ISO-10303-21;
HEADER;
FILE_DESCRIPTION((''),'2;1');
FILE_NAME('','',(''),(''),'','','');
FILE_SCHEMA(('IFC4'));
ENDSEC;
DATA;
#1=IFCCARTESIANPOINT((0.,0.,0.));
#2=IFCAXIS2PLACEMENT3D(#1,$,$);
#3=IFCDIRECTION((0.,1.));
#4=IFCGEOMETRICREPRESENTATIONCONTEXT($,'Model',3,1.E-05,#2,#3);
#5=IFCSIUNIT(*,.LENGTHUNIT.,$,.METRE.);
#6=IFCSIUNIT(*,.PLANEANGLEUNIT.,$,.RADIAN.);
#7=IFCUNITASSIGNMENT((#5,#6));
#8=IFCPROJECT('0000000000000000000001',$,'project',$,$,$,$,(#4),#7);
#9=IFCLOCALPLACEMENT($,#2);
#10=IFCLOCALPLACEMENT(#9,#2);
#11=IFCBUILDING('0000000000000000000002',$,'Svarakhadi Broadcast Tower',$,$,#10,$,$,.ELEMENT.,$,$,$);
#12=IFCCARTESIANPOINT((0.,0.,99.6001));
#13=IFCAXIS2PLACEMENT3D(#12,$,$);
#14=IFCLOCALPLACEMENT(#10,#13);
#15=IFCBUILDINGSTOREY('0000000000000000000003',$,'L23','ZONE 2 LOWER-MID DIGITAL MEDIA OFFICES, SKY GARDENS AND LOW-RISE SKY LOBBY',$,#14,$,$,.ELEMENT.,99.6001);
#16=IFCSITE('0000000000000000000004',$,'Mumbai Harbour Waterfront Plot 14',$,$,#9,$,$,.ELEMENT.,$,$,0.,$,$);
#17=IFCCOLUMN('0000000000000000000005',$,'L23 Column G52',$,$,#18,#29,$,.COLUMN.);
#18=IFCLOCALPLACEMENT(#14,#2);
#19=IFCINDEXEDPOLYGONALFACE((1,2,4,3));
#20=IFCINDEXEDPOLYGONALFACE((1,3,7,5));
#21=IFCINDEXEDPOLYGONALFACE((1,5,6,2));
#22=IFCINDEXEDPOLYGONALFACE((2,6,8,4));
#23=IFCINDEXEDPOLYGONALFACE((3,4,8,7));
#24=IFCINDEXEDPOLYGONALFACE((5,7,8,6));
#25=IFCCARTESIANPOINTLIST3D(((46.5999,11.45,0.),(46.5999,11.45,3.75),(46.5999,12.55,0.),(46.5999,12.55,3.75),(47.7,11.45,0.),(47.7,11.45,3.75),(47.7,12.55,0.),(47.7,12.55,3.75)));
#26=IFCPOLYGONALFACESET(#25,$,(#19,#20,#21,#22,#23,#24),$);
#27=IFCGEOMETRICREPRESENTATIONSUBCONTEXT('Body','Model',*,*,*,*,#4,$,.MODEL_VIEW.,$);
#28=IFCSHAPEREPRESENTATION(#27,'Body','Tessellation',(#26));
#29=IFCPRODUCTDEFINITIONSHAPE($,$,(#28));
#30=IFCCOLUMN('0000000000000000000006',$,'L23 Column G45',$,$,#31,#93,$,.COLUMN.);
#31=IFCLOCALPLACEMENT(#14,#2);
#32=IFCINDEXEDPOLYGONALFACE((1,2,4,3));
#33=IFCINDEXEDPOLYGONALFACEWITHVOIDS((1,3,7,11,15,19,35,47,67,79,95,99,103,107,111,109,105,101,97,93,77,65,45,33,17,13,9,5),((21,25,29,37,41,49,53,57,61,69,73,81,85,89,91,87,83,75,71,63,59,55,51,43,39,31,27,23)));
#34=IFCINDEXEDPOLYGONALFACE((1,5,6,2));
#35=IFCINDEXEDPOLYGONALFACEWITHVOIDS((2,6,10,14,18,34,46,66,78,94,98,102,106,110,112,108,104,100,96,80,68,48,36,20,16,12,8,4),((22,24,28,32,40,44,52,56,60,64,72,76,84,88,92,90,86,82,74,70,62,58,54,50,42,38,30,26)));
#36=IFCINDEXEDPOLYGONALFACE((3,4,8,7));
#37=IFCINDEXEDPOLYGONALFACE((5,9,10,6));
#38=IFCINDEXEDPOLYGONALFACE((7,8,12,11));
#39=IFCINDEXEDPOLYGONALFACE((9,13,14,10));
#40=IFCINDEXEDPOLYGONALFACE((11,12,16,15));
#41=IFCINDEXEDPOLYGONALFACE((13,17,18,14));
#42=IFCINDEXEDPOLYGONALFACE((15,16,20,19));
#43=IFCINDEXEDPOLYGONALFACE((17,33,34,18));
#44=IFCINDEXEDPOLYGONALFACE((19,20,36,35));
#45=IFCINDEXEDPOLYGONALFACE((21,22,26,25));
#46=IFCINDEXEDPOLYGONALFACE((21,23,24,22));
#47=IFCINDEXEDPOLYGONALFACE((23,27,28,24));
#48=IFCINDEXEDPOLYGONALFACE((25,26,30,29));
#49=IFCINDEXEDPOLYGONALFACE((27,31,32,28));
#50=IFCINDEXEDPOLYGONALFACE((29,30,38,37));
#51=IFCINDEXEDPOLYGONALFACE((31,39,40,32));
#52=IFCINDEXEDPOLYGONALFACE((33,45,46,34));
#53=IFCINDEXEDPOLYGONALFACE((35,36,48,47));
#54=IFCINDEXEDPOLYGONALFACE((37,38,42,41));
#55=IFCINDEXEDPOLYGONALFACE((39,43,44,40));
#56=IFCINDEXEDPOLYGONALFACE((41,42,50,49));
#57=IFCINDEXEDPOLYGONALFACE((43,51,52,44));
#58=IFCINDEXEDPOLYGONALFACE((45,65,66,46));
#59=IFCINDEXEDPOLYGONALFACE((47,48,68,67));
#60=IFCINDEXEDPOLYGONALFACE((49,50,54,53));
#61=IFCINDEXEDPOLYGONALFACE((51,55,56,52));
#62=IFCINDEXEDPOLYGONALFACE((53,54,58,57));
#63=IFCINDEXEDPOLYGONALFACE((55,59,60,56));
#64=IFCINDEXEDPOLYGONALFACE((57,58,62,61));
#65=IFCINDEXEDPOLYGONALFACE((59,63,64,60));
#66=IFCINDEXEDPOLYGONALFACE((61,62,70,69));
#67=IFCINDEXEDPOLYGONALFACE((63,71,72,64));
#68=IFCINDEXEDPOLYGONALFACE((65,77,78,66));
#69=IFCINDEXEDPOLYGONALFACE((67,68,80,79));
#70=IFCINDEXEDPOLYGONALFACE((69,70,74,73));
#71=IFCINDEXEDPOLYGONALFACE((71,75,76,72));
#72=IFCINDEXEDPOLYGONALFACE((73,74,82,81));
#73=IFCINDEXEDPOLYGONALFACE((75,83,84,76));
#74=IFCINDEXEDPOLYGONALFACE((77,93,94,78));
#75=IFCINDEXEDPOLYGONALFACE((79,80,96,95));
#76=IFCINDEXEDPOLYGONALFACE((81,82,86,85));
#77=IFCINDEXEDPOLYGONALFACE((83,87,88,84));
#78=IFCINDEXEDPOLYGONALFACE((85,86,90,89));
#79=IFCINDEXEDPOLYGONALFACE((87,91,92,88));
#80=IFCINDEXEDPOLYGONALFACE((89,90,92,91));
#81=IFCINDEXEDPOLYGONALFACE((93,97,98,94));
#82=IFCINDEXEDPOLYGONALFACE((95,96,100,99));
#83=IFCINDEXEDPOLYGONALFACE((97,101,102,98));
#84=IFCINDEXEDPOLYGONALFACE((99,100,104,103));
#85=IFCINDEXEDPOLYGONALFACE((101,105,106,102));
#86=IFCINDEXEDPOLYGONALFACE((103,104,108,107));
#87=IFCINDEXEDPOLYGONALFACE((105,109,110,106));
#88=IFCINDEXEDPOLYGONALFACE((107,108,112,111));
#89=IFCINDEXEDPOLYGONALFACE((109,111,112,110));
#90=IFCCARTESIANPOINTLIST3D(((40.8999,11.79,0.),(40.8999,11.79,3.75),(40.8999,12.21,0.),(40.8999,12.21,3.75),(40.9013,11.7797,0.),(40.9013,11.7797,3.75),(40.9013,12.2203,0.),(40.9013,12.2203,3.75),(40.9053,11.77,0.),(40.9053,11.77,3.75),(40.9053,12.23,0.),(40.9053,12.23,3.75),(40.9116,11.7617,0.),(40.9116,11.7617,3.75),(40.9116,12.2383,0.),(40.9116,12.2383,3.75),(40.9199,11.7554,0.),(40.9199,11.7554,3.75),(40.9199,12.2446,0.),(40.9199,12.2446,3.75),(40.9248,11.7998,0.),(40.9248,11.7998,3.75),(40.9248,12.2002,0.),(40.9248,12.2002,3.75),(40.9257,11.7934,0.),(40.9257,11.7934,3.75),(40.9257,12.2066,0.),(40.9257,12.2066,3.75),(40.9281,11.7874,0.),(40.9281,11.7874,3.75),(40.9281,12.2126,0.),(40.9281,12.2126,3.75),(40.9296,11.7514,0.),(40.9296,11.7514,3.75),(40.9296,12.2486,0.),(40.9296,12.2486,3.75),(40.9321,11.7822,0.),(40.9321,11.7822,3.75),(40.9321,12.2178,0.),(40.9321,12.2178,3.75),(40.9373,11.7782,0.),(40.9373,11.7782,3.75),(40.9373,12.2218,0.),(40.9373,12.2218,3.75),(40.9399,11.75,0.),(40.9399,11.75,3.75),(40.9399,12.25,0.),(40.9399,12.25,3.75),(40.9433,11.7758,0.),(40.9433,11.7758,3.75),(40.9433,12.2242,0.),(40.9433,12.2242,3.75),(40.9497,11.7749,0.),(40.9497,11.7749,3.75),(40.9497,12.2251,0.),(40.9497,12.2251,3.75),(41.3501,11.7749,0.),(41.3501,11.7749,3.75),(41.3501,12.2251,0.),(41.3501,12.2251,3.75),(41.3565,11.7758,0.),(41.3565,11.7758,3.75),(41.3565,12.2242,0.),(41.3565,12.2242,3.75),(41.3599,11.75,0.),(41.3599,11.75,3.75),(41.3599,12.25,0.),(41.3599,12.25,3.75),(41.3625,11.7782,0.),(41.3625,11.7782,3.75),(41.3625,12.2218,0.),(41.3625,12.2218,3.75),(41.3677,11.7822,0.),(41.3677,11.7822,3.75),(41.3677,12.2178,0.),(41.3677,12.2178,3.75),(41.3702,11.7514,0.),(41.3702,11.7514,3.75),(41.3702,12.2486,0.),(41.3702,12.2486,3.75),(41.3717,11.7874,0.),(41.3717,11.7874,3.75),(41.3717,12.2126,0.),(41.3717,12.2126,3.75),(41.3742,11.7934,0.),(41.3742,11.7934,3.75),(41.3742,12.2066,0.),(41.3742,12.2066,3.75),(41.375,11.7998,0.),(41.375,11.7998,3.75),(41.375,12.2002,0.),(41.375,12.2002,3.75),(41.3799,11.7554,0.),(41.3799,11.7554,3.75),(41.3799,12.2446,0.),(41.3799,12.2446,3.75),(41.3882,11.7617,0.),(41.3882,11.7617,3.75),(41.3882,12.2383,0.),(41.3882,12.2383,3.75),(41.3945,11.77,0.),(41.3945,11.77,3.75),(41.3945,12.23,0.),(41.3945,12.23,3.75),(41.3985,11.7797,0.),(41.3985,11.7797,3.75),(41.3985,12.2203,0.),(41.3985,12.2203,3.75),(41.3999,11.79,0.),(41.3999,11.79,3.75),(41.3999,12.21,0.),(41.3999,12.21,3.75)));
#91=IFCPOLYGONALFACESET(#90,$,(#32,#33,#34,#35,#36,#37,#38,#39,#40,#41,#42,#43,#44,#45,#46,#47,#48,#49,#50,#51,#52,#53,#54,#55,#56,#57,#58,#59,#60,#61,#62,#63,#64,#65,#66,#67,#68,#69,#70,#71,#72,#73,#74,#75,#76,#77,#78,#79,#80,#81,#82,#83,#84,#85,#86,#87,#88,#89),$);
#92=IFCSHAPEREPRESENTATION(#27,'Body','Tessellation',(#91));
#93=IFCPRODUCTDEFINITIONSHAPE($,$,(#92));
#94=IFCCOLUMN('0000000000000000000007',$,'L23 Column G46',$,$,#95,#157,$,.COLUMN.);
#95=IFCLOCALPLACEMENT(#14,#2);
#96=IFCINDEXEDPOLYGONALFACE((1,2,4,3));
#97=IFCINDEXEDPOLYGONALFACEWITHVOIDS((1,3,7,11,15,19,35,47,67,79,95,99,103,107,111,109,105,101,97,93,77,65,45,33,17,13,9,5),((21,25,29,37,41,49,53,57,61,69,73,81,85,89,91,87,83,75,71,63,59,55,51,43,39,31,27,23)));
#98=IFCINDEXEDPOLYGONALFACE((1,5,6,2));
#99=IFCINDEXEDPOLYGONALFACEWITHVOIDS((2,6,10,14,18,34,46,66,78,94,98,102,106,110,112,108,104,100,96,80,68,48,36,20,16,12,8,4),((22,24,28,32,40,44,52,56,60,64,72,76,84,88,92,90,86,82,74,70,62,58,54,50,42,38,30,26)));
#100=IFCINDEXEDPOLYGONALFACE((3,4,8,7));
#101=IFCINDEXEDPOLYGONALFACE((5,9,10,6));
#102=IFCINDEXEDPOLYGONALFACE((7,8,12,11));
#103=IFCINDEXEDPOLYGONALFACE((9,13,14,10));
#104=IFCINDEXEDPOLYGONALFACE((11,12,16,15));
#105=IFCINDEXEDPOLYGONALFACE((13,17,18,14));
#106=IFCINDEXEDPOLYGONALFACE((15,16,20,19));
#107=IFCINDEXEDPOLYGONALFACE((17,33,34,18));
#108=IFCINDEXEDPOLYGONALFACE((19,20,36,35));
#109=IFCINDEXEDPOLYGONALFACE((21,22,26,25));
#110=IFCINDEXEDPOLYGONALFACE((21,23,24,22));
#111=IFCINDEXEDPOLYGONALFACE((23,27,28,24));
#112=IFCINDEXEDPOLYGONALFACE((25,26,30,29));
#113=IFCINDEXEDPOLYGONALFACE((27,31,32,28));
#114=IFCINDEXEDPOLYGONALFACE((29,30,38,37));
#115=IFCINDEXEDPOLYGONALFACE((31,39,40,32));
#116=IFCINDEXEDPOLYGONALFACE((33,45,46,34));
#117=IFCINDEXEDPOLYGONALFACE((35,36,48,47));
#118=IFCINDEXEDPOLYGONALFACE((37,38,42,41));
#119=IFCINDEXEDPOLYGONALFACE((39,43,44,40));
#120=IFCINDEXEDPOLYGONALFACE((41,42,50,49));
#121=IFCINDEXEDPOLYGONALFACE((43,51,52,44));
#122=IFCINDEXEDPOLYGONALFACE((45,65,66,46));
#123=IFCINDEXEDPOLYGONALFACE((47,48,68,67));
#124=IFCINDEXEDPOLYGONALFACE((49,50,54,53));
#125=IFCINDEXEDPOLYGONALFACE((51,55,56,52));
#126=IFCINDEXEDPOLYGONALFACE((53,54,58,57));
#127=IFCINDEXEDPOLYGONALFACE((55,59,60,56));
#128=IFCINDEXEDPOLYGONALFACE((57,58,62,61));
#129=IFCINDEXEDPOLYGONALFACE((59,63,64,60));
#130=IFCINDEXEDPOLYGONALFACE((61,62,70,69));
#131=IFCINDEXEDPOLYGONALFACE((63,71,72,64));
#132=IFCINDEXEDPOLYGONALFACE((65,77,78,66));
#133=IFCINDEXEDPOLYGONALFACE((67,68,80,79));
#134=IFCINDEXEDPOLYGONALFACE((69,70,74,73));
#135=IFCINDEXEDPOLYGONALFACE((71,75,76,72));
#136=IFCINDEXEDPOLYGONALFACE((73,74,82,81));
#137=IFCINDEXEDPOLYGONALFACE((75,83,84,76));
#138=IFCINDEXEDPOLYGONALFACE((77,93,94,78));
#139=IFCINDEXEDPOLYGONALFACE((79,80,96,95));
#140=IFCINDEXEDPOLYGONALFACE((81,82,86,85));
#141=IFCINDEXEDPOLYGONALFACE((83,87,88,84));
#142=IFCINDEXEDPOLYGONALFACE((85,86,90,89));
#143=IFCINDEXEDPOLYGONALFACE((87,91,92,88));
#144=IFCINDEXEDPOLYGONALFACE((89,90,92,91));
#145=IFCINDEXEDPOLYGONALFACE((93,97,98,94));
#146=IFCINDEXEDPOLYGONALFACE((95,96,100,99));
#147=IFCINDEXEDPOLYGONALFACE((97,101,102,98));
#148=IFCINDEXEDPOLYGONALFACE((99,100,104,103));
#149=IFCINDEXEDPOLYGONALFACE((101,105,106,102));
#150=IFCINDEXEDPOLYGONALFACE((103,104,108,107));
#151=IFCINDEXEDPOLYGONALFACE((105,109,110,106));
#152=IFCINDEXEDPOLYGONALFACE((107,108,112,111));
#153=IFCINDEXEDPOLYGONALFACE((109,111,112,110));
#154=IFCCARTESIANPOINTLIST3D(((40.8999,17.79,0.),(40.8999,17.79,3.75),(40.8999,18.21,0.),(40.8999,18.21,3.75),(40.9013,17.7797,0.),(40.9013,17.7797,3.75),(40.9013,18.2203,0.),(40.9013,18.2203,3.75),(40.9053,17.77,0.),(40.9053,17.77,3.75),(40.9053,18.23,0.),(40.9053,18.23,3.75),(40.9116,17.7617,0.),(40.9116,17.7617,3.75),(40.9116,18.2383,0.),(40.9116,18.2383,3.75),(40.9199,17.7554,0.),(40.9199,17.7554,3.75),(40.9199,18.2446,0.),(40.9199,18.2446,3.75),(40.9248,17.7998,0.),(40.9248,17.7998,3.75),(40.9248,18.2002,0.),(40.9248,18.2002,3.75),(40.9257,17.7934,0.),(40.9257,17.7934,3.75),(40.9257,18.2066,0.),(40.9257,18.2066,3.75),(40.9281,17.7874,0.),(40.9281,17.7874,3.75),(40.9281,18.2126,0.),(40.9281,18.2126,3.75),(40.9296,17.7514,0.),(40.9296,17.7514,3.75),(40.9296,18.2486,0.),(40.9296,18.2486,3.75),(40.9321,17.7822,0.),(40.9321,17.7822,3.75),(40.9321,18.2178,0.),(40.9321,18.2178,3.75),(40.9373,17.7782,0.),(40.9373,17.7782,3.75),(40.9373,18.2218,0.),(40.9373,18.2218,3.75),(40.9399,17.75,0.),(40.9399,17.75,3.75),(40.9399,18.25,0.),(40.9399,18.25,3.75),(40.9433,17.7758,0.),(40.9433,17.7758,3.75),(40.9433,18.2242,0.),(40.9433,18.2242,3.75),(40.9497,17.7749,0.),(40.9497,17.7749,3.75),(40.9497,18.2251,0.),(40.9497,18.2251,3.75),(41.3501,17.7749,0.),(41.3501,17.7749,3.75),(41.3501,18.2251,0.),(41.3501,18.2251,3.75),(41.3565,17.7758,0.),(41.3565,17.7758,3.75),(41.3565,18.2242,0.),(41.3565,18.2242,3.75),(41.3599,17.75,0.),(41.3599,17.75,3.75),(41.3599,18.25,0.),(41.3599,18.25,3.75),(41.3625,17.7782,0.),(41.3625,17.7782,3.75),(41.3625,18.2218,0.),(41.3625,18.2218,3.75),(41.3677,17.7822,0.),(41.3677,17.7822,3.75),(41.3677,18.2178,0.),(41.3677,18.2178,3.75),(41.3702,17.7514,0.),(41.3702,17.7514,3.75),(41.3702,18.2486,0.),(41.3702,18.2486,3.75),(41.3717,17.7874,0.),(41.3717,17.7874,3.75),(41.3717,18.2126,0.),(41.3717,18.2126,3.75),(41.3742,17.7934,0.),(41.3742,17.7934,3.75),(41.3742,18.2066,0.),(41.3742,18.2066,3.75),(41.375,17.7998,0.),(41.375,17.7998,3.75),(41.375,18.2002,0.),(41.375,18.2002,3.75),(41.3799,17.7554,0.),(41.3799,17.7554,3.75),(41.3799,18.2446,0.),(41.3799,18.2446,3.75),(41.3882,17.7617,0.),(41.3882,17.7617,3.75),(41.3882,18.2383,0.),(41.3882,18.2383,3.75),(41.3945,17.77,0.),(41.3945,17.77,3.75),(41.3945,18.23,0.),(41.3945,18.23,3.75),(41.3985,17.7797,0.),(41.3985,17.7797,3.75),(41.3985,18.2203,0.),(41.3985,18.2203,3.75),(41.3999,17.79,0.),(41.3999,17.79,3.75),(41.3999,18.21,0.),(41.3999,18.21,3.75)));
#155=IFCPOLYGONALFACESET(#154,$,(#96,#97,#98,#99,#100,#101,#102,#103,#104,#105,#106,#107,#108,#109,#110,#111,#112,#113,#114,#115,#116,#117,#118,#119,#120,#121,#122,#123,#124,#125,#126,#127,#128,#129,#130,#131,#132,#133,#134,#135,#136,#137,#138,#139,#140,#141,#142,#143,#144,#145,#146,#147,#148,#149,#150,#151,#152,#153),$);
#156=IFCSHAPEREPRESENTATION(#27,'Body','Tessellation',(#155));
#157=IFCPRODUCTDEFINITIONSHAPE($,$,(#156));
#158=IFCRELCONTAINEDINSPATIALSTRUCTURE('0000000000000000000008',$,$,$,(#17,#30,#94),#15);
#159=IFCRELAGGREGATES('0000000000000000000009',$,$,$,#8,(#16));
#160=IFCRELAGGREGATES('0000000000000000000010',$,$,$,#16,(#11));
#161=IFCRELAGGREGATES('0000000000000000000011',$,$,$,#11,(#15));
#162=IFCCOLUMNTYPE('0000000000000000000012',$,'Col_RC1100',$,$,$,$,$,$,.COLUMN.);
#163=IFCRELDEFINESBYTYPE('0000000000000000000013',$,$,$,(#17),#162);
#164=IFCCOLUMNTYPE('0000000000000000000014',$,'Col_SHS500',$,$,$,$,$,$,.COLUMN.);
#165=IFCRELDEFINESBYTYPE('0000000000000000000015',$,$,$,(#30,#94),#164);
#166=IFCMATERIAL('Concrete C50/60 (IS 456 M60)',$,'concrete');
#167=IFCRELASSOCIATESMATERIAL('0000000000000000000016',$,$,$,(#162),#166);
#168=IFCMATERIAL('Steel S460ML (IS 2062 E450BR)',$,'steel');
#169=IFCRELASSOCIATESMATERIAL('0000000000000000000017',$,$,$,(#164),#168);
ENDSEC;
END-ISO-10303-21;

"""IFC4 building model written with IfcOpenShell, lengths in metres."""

from ifc_helpers import new_model, si_unit, direction, frame, origin, origin_2d, place, context, subcontext, project, spatial, rectangle, hollow_rectangle, extrude, material, material_profile, profile_set, type_object, element, save


model = new_model("IFC4")

# Units and contexts
model_context = context("Model", 3, precision=1e-05, world=origin(), true_north=direction((0.0, 1.0)))
body_context = subcontext(model_context, "Body", "Model", "MODEL_VIEW")
ifc_project = project(units=[si_unit("LENGTHUNIT", "METRE"), si_unit("PLANEANGLEUNIT", "RADIAN")], contexts=[model_context])

# Site, building, storey
site_placement = place(None, origin())
site = spatial("IfcSite", under=ifc_project, at=site_placement, Name="Mumbai Harbour Waterfront Plot 14", CompositionType="ELEMENT", RefElevation=0.0)
building_placement = place(site_placement, origin())
building = spatial("IfcBuilding", under=site, at=building_placement, Name="Svarakhadi Broadcast Tower", CompositionType="ELEMENT")
storey_placement = place(building_placement, frame((0.0, 0.0, 99.6001)))
storey = spatial("IfcBuildingStorey", under=building, at=storey_placement, Name="L23", Description="ZONE 2 LOWER-MID DIGITAL MEDIA OFFICES, SKY GARDENS AND LOW-RISE SKY LOBBY", CompositionType="ELEMENT", Elevation=99.6001)

# Columns
ifc_material_1 = material(Name="Concrete C50/60 (IS 456 M60)", Category="concrete")
ifc_material_profile_1 = material_profile(ifc_material_1, rectangle(XDim=1.1001, YDim=1.1001, at=origin_2d()), Name="RC 1100x1100")
ifc_profile_set_1 = profile_set([ifc_material_profile_1], Name="Concrete C50/60 (IS 456 M60)")
column_type_1 = type_object("IfcColumnType", Name="Col_RC1100", PredefinedType="COLUMN", material=ifc_profile_set_1)
column_placement = place(storey_placement, frame((47.1499, 12.0, 0.0), z_axis=(0.0, 0.0, 1.0), x_axis=(1.0, 0.0, 0.0)))
element("IfcColumn", 1, at=column_placement, inside=storey, type_object=column_type_1, Name="L23 Column G52", PredefinedType="COLUMN", context=body_context, shape_type="SweptSolid", body=[
    extrude(rectangle(XDim=1.1001, YDim=1.1001, at=origin_2d()), origin(), (0.0, 0.0, 1.0), 3.75),
])
ifc_material_2 = material(Name="Steel S460ML (IS 2062 E450BR)", Category="steel")
ifc_material_profile_2 = material_profile(ifc_material_2, hollow_rectangle(XDim=0.5, YDim=0.5, WallThickness=0.0249, InnerFilletRadius=0.0249, OuterFilletRadius=0.04, at=origin_2d()), Name="SHS 500x500x25")
ifc_profile_set_2 = profile_set([ifc_material_profile_2], Name="Steel S460ML (IS 2062 E450BR)")
column_type_2 = type_object("IfcColumnType", Name="Col_SHS500", PredefinedType="COLUMN", material=ifc_profile_set_2)
for number, where, z_axis, x_axis, name in (
    (2, (41.1499, 12.0, 0.0), (0.0, 0.0, 1.0), (1.0, 0.0, 0.0), "L23 Column G45"),
    (3, (41.1499, 18.0, 0.0), (0.0, 0.0, 1.0), (1.0, 0.0, 0.0), "L23 Column G46"),
):
    element("IfcColumn", number, at=place(storey_placement, frame(where, z_axis=z_axis, x_axis=x_axis)), inside=storey, type_object=column_type_2, Name=name, PredefinedType="COLUMN", context=body_context, shape_type="SweptSolid", body=[
        extrude(hollow_rectangle(XDim=0.5, YDim=0.5, WallThickness=0.0249, InnerFilletRadius=0.0249, OuterFilletRadius=0.04, at=origin_2d()), origin(), (0.0, 0.0, 1.0), 3.75),
    ])

save(model, "model.ifc")
